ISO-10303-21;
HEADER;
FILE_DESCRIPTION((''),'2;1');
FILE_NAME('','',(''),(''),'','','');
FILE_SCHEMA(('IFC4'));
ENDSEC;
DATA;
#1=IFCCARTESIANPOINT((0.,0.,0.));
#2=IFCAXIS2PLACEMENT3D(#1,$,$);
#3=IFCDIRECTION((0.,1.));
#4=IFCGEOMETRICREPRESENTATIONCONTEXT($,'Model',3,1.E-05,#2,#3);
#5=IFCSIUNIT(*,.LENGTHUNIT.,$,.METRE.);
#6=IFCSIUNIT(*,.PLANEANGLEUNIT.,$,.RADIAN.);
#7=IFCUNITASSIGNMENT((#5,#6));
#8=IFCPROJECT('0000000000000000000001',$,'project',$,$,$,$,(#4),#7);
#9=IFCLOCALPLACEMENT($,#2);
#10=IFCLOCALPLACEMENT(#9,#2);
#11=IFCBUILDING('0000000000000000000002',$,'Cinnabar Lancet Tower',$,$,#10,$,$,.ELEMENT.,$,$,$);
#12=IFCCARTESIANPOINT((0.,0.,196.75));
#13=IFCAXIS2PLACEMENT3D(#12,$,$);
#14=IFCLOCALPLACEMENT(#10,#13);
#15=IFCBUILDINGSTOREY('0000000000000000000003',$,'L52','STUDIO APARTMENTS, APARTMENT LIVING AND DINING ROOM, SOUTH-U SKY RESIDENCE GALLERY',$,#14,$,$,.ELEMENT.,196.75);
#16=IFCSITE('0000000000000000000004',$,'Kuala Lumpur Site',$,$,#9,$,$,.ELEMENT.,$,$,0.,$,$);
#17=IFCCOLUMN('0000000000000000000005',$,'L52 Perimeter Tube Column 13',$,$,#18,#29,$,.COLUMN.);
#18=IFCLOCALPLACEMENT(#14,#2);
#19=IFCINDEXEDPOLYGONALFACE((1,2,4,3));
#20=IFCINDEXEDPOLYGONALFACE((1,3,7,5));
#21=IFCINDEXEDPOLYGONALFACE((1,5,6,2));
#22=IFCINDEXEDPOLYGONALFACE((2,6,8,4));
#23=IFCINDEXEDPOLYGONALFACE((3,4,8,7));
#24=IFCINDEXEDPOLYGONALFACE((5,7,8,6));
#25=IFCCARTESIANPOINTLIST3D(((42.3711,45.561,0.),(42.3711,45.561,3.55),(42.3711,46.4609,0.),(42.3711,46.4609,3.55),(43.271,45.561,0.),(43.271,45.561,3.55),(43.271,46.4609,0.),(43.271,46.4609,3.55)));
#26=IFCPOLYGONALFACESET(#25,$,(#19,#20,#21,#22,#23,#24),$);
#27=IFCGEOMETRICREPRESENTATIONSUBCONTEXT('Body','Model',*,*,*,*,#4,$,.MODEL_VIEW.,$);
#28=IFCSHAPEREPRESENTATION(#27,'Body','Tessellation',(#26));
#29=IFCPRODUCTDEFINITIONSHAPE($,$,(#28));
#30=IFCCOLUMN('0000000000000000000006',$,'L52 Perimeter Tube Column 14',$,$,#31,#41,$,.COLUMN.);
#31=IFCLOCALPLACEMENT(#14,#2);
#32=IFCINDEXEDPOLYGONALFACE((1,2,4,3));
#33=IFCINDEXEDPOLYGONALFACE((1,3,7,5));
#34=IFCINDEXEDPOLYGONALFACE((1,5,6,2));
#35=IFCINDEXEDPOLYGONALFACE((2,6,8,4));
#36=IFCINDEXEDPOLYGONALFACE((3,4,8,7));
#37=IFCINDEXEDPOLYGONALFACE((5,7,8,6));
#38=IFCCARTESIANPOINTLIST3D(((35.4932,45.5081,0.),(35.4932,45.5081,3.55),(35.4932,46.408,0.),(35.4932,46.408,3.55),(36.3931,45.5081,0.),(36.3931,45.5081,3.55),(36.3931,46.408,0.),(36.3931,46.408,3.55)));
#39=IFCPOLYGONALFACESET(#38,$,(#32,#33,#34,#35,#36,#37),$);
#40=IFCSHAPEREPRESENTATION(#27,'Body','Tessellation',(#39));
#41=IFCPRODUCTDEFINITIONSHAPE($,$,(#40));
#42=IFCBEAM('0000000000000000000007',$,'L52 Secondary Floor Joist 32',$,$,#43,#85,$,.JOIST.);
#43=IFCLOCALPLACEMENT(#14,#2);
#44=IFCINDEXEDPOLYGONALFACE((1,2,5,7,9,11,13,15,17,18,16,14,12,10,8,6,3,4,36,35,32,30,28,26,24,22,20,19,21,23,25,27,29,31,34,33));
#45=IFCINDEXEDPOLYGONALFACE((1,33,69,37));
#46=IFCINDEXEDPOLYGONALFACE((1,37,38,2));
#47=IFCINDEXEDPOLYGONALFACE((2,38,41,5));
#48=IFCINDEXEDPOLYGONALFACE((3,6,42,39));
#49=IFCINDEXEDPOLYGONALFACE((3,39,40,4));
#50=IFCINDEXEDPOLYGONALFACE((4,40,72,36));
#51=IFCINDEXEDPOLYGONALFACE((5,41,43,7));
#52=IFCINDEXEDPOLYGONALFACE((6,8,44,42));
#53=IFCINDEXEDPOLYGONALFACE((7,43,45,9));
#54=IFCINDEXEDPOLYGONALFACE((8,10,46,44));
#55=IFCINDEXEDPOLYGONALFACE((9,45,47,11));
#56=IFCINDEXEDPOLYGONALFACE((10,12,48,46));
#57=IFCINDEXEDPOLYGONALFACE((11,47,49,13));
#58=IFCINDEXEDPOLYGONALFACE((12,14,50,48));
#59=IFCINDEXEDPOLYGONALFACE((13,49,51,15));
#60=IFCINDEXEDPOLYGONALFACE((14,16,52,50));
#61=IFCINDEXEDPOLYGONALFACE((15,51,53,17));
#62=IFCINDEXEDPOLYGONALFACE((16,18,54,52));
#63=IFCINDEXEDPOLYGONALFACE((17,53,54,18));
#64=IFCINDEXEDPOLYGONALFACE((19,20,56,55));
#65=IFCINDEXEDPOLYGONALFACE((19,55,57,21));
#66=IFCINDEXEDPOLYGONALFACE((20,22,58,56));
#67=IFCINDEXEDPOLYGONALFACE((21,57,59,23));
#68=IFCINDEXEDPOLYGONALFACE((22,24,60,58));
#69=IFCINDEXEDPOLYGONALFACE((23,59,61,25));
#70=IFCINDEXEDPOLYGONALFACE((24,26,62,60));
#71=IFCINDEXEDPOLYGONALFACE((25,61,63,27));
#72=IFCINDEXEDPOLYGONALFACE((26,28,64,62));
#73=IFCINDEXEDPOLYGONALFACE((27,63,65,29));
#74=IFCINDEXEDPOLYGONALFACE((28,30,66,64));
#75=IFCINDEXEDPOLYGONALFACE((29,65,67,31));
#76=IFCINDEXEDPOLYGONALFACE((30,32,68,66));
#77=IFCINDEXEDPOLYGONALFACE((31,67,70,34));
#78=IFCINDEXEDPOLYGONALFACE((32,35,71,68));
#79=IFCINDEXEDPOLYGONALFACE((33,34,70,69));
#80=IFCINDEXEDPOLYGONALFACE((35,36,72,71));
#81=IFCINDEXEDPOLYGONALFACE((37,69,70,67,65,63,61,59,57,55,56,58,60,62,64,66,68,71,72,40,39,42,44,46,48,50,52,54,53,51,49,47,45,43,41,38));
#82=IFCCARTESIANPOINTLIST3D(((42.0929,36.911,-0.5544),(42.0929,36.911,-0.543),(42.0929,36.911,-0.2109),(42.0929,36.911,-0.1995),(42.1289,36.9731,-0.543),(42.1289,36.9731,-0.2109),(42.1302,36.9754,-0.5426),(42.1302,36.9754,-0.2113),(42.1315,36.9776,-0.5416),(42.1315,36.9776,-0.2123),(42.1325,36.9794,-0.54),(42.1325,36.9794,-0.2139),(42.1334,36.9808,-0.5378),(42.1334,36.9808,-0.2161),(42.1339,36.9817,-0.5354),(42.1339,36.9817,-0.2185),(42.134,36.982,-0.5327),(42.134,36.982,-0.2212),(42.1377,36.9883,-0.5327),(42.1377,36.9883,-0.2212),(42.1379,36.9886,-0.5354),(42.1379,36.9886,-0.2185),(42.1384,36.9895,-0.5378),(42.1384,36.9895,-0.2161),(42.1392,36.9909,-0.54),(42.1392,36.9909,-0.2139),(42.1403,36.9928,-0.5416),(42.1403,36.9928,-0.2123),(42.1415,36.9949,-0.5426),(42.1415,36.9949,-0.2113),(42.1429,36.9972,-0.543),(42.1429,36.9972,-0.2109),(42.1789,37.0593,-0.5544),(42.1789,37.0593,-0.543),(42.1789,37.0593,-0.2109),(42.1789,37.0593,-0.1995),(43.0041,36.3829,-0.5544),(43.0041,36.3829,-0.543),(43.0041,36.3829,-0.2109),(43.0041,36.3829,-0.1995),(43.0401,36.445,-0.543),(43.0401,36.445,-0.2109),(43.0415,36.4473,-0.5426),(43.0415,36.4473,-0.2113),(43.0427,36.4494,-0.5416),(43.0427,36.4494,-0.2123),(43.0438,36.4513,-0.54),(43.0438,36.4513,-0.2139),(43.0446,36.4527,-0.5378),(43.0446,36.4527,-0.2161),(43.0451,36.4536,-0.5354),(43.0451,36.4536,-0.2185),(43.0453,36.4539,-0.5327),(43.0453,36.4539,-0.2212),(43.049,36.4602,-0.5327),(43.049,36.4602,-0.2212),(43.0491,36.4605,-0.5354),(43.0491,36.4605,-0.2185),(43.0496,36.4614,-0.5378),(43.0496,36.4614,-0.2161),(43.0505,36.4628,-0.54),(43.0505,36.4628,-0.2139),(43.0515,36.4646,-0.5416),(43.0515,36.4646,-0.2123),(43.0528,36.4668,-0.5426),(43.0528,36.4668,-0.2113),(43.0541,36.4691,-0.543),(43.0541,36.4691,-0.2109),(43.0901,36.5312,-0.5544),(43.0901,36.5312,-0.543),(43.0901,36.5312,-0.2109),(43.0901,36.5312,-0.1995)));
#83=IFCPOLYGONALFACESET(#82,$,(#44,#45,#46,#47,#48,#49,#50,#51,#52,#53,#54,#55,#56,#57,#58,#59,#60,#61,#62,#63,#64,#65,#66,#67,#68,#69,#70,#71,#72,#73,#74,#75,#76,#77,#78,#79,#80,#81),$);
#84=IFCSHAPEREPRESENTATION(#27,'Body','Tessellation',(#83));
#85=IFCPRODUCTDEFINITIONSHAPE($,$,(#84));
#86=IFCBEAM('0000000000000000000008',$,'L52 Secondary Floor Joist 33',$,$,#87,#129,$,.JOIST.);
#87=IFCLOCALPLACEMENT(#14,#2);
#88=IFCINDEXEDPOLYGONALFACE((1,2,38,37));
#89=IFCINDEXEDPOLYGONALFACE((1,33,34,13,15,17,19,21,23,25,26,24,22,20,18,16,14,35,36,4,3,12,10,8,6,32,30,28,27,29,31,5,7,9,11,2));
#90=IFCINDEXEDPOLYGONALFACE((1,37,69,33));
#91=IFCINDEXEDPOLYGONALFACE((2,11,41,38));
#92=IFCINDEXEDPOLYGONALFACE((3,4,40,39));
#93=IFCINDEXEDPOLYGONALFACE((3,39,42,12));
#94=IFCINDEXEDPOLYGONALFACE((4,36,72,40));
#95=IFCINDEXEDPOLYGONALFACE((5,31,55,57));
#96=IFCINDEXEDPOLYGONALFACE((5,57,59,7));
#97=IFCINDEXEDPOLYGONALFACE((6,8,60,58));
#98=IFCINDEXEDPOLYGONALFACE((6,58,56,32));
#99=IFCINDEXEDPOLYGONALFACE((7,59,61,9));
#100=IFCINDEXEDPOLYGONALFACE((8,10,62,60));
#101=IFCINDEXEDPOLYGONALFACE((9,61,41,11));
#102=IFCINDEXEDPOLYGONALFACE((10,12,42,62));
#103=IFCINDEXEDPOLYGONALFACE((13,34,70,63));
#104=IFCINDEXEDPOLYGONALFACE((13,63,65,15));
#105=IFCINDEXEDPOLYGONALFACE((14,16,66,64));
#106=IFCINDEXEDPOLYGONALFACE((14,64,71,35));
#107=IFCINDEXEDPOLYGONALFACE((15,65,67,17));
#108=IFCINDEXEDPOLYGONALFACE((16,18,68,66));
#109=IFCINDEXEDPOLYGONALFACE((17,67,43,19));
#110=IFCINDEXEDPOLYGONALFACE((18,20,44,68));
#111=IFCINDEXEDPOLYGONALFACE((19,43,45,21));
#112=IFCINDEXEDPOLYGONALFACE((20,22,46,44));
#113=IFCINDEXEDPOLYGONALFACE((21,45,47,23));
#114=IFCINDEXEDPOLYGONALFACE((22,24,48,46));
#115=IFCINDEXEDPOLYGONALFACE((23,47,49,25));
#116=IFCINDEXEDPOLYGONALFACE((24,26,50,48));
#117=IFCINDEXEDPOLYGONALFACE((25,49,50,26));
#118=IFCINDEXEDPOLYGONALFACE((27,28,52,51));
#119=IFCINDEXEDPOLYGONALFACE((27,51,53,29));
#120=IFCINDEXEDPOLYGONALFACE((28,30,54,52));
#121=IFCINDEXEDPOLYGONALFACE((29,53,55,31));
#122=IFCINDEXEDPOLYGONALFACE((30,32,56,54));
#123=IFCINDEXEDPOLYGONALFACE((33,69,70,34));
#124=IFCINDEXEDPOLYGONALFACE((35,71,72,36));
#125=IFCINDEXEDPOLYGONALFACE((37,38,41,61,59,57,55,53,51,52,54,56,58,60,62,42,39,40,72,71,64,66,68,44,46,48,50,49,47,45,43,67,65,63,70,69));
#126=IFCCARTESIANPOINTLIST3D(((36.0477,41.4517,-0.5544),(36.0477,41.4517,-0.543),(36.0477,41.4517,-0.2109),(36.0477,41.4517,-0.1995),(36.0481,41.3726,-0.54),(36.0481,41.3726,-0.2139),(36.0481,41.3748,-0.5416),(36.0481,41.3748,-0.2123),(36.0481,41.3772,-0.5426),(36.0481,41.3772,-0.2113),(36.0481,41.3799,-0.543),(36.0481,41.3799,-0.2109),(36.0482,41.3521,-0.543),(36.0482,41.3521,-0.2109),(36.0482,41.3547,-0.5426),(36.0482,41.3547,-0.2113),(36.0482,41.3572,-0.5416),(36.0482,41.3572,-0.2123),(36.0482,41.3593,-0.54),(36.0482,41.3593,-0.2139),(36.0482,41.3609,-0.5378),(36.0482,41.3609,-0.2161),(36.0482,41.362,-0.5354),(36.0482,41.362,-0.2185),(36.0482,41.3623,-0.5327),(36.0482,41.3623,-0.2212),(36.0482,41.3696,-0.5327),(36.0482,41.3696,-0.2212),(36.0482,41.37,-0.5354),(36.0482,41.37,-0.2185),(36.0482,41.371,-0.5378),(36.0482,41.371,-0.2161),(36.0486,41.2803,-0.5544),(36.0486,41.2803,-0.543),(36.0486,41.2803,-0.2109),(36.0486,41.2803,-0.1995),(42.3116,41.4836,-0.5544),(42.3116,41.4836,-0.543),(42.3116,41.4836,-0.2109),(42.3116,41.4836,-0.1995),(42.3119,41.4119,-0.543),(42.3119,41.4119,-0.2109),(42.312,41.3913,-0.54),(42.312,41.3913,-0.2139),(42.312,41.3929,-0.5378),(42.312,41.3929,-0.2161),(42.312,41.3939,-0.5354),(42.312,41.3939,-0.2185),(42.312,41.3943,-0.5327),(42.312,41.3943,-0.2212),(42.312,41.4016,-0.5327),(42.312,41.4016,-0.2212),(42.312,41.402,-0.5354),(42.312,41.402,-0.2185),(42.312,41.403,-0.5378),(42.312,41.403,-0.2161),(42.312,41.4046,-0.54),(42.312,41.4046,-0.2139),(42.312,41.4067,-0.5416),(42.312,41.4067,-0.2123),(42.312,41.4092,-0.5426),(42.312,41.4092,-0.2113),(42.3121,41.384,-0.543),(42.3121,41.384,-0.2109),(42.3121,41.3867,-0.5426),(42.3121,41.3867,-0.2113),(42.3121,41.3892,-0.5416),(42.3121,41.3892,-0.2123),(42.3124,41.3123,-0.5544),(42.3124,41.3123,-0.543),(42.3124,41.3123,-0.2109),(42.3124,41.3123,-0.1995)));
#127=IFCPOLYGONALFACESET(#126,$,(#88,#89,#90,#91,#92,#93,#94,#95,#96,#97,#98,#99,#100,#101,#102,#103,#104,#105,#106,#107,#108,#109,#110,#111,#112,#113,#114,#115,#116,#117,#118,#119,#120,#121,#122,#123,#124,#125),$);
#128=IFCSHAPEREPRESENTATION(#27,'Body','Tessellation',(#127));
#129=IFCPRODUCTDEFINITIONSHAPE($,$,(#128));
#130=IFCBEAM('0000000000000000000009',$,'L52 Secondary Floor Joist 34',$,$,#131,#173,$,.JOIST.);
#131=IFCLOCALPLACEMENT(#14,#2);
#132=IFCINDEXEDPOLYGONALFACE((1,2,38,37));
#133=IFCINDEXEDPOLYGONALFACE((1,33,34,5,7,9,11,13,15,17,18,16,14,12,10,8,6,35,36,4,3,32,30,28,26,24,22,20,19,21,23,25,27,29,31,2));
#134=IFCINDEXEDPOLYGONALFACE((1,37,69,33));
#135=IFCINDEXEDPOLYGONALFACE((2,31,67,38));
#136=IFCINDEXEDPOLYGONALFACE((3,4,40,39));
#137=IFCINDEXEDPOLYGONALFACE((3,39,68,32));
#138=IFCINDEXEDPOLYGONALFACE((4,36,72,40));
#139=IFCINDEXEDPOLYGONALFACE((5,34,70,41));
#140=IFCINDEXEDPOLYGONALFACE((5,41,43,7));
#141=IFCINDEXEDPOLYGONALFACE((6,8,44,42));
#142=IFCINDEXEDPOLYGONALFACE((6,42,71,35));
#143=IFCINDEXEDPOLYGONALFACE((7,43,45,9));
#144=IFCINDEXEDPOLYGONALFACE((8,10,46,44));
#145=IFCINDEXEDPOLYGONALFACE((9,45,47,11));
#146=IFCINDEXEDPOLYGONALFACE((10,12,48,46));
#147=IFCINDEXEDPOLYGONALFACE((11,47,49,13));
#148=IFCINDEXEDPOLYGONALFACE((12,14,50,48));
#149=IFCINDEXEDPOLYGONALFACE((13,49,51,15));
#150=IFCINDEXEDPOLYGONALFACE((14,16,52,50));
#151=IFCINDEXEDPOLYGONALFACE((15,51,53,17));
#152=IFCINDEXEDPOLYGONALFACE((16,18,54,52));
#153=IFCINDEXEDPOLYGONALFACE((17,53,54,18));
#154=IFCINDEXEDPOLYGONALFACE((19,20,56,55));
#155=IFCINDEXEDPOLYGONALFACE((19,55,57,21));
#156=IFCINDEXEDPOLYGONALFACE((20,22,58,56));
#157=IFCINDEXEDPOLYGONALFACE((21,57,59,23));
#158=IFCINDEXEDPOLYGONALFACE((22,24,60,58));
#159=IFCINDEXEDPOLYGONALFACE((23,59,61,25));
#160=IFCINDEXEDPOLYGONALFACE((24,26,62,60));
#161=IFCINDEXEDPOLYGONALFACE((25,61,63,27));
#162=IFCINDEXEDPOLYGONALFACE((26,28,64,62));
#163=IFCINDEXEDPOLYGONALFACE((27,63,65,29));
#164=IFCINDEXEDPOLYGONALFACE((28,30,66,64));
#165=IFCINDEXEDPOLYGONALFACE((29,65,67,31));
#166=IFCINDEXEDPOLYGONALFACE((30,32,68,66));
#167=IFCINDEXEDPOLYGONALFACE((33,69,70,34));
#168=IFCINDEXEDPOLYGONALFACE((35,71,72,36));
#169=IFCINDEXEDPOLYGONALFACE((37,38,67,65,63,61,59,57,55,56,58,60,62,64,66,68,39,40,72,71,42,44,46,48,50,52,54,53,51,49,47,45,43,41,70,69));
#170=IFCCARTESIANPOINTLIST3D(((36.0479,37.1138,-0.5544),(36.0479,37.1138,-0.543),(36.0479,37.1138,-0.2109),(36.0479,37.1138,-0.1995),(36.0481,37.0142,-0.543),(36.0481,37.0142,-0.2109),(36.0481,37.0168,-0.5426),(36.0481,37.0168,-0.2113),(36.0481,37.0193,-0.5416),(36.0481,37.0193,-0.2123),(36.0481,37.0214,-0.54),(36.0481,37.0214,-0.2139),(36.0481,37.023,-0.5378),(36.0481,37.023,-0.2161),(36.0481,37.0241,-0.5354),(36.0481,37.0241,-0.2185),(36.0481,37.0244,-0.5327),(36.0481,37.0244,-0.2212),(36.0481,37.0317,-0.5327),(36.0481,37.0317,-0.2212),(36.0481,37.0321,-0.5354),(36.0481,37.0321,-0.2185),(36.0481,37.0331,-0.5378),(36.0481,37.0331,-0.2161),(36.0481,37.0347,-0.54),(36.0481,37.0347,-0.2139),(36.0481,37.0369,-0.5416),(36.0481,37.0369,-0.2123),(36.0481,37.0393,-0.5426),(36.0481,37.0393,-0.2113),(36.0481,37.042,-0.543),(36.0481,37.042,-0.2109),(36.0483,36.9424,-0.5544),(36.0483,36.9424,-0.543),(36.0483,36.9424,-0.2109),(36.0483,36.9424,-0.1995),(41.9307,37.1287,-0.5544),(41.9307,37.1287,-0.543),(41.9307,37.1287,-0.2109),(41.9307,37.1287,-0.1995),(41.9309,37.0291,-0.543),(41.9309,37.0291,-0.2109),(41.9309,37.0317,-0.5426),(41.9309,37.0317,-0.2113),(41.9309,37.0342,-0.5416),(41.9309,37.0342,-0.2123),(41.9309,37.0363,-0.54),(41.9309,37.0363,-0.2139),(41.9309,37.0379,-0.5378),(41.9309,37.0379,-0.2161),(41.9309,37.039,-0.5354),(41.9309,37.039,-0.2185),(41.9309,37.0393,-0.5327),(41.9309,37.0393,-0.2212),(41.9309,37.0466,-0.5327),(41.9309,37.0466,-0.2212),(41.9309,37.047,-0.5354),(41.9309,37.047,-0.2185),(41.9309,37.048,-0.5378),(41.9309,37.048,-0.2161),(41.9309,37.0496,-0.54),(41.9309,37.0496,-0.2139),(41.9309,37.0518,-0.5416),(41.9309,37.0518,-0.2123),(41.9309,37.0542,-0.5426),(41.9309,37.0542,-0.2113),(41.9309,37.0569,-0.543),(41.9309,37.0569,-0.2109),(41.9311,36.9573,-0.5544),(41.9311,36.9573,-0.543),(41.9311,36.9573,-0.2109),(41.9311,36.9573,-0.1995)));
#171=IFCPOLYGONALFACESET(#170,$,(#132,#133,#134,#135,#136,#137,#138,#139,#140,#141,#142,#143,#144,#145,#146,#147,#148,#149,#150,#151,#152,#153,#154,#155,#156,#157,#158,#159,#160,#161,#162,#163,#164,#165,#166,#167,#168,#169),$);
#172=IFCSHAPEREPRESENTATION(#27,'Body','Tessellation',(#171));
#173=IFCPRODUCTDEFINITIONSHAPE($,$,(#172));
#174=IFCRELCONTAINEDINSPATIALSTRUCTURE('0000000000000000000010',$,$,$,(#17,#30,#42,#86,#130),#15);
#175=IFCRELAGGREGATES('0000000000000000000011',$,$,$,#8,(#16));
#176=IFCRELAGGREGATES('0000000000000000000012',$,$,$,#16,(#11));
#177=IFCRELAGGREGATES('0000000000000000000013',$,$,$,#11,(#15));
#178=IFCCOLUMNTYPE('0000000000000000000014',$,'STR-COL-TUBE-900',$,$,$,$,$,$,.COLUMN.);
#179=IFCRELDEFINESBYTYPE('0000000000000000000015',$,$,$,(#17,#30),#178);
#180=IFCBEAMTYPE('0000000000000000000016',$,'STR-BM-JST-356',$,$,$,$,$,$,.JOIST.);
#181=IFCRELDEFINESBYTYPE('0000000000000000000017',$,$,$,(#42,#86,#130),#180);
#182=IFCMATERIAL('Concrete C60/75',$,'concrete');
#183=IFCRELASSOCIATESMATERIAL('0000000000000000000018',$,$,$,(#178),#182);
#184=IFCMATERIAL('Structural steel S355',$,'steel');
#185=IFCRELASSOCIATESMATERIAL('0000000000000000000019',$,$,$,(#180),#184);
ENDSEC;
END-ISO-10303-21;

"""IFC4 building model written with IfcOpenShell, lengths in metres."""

from ifc_helpers import new_model, si_unit, direction, frame, origin, origin_2d, place, context, subcontext, project, spatial, rectangle, i_section, extrude, material, material_profile, profile_set, type_object, element, save


model = new_model("IFC4")

# Units and contexts
model_context = context("Model", 3, precision=1e-05, world=origin(), true_north=direction((0.0, 1.0)))
body_context = subcontext(model_context, "Body", "Model", "MODEL_VIEW")
ifc_project = project(units=[si_unit("LENGTHUNIT", "METRE"), si_unit("PLANEANGLEUNIT", "RADIAN")], contexts=[model_context])

# Site, building, storey
site_placement = place(None, origin())
site = spatial("IfcSite", under=ifc_project, at=site_placement, Name="Kuala Lumpur Site", CompositionType="ELEMENT", RefElevation=0.0)
building_placement = place(site_placement, origin())
building = spatial("IfcBuilding", under=site, at=building_placement, Name="Cinnabar Lancet Tower", CompositionType="ELEMENT")
storey_placement = place(building_placement, frame((0.0, 0.0, 196.75)))
storey = spatial("IfcBuildingStorey", under=building, at=storey_placement, Name="L52", Description="STUDIO APARTMENTS, APARTMENT LIVING AND DINING ROOM, SOUTH-U SKY RESIDENCE GALLERY", CompositionType="ELEMENT", Elevation=196.75)

# Columns
ifc_material_1 = material(Name="Concrete C60/75", Category="concrete")
ifc_material_profile_1 = material_profile(ifc_material_1, rectangle(XDim=0.8999, YDim=0.8999, at=origin_2d()), Name="RC-COL 900x900")
ifc_profile_set_1 = profile_set([ifc_material_profile_1], Name="Concrete C60/75")
column_type = type_object("IfcColumnType", Name="STR-COL-TUBE-900", PredefinedType="COLUMN", material=ifc_profile_set_1)
for number, where, z_axis, x_axis, name in (
    (1, (42.821, 46.011, 0.0), (0.0, 0.0, 1.0), (1.0, 0.0, 0.0), "L52 Perimeter Tube Column 13"),
    (2, (35.9431, 45.958, 0.0), (0.0, 0.0, 1.0), (1.0, 0.0, 0.0), "L52 Perimeter Tube Column 14"),
):
    element("IfcColumn", number, at=place(storey_placement, frame(where, z_axis=z_axis, x_axis=x_axis)), inside=storey, type_object=column_type, Name=name, PredefinedType="COLUMN", context=body_context, shape_type="SweptSolid", body=[
        extrude(rectangle(XDim=0.8999, YDim=0.8999, at=origin_2d()), origin(), (0.0, 0.0, 1.0), 3.55),
    ])

# Beams
ifc_material_2 = material(Name="Structural steel S355", Category="steel")
ifc_material_profile_2 = material_profile(ifc_material_2, i_section(OverallWidth=0.1714, OverallDepth=0.355, WebThickness=0.0073, FlangeThickness=0.0115, FilletRadius=0.0103, at=origin_2d()), Name="UKB 356x171x51")
ifc_profile_set_2 = profile_set([ifc_material_profile_2], Name="Structural steel S355")
beam_type_1 = type_object("IfcBeamType", Name="STR-BM-JST-356", PredefinedType="JOIST", material=ifc_profile_set_2)
beam_1_placement = place(storey_placement, frame((43.0471, 36.457, -0.377), z_axis=(-0.865188, 0.501447, 0.0), x_axis=(-0.501447, -0.865188, 0.0)))
element("IfcBeam", 3, at=beam_1_placement, inside=storey, type_object=beam_type_1, Name="L52 Secondary Floor Joist 32", PredefinedType="JOIST", context=body_context, shape_type="SweptSolid", body=[
    extrude(i_section(OverallWidth=0.1714, OverallDepth=0.355, WebThickness=0.0073, FlangeThickness=0.0115, FilletRadius=0.0103, at=origin_2d()), origin(), (0.0, 0.0, 1.0), 1.0532),
])
beam_2_placement = place(storey_placement, frame((42.312, 41.3979, -0.377), z_axis=(-0.999987, -0.005106, 0.0), x_axis=(0.005106, -0.999987, 0.0)))
element("IfcBeam", 4, at=beam_2_placement, inside=storey, type_object=beam_type_1, Name="L52 Secondary Floor Joist 33", PredefinedType="JOIST", context=body_context, shape_type="SweptSolid", body=[
    extrude(i_section(OverallWidth=0.1714, OverallDepth=0.355, WebThickness=0.0073, FlangeThickness=0.0115, FilletRadius=0.0103, at=origin_2d()), origin(), (0.0, 0.0, 1.0), 6.2639),
])
beam_3_placement = place(storey_placement, frame((41.9309, 37.043, -0.377), z_axis=(-0.999997, -0.002532, 0.0), x_axis=(0.002532, -0.999997, 0.0)))
element("IfcBeam", 5, at=beam_3_placement, inside=storey, type_object=beam_type_1, Name="L52 Secondary Floor Joist 34", PredefinedType="JOIST", context=body_context, shape_type="SweptSolid", body=[
    extrude(i_section(OverallWidth=0.1714, OverallDepth=0.355, WebThickness=0.0073, FlangeThickness=0.0115, FilletRadius=0.0103, at=origin_2d()), origin(), (0.0, 0.0, 1.0), 5.8828),
])

save(model, "model.ifc")
